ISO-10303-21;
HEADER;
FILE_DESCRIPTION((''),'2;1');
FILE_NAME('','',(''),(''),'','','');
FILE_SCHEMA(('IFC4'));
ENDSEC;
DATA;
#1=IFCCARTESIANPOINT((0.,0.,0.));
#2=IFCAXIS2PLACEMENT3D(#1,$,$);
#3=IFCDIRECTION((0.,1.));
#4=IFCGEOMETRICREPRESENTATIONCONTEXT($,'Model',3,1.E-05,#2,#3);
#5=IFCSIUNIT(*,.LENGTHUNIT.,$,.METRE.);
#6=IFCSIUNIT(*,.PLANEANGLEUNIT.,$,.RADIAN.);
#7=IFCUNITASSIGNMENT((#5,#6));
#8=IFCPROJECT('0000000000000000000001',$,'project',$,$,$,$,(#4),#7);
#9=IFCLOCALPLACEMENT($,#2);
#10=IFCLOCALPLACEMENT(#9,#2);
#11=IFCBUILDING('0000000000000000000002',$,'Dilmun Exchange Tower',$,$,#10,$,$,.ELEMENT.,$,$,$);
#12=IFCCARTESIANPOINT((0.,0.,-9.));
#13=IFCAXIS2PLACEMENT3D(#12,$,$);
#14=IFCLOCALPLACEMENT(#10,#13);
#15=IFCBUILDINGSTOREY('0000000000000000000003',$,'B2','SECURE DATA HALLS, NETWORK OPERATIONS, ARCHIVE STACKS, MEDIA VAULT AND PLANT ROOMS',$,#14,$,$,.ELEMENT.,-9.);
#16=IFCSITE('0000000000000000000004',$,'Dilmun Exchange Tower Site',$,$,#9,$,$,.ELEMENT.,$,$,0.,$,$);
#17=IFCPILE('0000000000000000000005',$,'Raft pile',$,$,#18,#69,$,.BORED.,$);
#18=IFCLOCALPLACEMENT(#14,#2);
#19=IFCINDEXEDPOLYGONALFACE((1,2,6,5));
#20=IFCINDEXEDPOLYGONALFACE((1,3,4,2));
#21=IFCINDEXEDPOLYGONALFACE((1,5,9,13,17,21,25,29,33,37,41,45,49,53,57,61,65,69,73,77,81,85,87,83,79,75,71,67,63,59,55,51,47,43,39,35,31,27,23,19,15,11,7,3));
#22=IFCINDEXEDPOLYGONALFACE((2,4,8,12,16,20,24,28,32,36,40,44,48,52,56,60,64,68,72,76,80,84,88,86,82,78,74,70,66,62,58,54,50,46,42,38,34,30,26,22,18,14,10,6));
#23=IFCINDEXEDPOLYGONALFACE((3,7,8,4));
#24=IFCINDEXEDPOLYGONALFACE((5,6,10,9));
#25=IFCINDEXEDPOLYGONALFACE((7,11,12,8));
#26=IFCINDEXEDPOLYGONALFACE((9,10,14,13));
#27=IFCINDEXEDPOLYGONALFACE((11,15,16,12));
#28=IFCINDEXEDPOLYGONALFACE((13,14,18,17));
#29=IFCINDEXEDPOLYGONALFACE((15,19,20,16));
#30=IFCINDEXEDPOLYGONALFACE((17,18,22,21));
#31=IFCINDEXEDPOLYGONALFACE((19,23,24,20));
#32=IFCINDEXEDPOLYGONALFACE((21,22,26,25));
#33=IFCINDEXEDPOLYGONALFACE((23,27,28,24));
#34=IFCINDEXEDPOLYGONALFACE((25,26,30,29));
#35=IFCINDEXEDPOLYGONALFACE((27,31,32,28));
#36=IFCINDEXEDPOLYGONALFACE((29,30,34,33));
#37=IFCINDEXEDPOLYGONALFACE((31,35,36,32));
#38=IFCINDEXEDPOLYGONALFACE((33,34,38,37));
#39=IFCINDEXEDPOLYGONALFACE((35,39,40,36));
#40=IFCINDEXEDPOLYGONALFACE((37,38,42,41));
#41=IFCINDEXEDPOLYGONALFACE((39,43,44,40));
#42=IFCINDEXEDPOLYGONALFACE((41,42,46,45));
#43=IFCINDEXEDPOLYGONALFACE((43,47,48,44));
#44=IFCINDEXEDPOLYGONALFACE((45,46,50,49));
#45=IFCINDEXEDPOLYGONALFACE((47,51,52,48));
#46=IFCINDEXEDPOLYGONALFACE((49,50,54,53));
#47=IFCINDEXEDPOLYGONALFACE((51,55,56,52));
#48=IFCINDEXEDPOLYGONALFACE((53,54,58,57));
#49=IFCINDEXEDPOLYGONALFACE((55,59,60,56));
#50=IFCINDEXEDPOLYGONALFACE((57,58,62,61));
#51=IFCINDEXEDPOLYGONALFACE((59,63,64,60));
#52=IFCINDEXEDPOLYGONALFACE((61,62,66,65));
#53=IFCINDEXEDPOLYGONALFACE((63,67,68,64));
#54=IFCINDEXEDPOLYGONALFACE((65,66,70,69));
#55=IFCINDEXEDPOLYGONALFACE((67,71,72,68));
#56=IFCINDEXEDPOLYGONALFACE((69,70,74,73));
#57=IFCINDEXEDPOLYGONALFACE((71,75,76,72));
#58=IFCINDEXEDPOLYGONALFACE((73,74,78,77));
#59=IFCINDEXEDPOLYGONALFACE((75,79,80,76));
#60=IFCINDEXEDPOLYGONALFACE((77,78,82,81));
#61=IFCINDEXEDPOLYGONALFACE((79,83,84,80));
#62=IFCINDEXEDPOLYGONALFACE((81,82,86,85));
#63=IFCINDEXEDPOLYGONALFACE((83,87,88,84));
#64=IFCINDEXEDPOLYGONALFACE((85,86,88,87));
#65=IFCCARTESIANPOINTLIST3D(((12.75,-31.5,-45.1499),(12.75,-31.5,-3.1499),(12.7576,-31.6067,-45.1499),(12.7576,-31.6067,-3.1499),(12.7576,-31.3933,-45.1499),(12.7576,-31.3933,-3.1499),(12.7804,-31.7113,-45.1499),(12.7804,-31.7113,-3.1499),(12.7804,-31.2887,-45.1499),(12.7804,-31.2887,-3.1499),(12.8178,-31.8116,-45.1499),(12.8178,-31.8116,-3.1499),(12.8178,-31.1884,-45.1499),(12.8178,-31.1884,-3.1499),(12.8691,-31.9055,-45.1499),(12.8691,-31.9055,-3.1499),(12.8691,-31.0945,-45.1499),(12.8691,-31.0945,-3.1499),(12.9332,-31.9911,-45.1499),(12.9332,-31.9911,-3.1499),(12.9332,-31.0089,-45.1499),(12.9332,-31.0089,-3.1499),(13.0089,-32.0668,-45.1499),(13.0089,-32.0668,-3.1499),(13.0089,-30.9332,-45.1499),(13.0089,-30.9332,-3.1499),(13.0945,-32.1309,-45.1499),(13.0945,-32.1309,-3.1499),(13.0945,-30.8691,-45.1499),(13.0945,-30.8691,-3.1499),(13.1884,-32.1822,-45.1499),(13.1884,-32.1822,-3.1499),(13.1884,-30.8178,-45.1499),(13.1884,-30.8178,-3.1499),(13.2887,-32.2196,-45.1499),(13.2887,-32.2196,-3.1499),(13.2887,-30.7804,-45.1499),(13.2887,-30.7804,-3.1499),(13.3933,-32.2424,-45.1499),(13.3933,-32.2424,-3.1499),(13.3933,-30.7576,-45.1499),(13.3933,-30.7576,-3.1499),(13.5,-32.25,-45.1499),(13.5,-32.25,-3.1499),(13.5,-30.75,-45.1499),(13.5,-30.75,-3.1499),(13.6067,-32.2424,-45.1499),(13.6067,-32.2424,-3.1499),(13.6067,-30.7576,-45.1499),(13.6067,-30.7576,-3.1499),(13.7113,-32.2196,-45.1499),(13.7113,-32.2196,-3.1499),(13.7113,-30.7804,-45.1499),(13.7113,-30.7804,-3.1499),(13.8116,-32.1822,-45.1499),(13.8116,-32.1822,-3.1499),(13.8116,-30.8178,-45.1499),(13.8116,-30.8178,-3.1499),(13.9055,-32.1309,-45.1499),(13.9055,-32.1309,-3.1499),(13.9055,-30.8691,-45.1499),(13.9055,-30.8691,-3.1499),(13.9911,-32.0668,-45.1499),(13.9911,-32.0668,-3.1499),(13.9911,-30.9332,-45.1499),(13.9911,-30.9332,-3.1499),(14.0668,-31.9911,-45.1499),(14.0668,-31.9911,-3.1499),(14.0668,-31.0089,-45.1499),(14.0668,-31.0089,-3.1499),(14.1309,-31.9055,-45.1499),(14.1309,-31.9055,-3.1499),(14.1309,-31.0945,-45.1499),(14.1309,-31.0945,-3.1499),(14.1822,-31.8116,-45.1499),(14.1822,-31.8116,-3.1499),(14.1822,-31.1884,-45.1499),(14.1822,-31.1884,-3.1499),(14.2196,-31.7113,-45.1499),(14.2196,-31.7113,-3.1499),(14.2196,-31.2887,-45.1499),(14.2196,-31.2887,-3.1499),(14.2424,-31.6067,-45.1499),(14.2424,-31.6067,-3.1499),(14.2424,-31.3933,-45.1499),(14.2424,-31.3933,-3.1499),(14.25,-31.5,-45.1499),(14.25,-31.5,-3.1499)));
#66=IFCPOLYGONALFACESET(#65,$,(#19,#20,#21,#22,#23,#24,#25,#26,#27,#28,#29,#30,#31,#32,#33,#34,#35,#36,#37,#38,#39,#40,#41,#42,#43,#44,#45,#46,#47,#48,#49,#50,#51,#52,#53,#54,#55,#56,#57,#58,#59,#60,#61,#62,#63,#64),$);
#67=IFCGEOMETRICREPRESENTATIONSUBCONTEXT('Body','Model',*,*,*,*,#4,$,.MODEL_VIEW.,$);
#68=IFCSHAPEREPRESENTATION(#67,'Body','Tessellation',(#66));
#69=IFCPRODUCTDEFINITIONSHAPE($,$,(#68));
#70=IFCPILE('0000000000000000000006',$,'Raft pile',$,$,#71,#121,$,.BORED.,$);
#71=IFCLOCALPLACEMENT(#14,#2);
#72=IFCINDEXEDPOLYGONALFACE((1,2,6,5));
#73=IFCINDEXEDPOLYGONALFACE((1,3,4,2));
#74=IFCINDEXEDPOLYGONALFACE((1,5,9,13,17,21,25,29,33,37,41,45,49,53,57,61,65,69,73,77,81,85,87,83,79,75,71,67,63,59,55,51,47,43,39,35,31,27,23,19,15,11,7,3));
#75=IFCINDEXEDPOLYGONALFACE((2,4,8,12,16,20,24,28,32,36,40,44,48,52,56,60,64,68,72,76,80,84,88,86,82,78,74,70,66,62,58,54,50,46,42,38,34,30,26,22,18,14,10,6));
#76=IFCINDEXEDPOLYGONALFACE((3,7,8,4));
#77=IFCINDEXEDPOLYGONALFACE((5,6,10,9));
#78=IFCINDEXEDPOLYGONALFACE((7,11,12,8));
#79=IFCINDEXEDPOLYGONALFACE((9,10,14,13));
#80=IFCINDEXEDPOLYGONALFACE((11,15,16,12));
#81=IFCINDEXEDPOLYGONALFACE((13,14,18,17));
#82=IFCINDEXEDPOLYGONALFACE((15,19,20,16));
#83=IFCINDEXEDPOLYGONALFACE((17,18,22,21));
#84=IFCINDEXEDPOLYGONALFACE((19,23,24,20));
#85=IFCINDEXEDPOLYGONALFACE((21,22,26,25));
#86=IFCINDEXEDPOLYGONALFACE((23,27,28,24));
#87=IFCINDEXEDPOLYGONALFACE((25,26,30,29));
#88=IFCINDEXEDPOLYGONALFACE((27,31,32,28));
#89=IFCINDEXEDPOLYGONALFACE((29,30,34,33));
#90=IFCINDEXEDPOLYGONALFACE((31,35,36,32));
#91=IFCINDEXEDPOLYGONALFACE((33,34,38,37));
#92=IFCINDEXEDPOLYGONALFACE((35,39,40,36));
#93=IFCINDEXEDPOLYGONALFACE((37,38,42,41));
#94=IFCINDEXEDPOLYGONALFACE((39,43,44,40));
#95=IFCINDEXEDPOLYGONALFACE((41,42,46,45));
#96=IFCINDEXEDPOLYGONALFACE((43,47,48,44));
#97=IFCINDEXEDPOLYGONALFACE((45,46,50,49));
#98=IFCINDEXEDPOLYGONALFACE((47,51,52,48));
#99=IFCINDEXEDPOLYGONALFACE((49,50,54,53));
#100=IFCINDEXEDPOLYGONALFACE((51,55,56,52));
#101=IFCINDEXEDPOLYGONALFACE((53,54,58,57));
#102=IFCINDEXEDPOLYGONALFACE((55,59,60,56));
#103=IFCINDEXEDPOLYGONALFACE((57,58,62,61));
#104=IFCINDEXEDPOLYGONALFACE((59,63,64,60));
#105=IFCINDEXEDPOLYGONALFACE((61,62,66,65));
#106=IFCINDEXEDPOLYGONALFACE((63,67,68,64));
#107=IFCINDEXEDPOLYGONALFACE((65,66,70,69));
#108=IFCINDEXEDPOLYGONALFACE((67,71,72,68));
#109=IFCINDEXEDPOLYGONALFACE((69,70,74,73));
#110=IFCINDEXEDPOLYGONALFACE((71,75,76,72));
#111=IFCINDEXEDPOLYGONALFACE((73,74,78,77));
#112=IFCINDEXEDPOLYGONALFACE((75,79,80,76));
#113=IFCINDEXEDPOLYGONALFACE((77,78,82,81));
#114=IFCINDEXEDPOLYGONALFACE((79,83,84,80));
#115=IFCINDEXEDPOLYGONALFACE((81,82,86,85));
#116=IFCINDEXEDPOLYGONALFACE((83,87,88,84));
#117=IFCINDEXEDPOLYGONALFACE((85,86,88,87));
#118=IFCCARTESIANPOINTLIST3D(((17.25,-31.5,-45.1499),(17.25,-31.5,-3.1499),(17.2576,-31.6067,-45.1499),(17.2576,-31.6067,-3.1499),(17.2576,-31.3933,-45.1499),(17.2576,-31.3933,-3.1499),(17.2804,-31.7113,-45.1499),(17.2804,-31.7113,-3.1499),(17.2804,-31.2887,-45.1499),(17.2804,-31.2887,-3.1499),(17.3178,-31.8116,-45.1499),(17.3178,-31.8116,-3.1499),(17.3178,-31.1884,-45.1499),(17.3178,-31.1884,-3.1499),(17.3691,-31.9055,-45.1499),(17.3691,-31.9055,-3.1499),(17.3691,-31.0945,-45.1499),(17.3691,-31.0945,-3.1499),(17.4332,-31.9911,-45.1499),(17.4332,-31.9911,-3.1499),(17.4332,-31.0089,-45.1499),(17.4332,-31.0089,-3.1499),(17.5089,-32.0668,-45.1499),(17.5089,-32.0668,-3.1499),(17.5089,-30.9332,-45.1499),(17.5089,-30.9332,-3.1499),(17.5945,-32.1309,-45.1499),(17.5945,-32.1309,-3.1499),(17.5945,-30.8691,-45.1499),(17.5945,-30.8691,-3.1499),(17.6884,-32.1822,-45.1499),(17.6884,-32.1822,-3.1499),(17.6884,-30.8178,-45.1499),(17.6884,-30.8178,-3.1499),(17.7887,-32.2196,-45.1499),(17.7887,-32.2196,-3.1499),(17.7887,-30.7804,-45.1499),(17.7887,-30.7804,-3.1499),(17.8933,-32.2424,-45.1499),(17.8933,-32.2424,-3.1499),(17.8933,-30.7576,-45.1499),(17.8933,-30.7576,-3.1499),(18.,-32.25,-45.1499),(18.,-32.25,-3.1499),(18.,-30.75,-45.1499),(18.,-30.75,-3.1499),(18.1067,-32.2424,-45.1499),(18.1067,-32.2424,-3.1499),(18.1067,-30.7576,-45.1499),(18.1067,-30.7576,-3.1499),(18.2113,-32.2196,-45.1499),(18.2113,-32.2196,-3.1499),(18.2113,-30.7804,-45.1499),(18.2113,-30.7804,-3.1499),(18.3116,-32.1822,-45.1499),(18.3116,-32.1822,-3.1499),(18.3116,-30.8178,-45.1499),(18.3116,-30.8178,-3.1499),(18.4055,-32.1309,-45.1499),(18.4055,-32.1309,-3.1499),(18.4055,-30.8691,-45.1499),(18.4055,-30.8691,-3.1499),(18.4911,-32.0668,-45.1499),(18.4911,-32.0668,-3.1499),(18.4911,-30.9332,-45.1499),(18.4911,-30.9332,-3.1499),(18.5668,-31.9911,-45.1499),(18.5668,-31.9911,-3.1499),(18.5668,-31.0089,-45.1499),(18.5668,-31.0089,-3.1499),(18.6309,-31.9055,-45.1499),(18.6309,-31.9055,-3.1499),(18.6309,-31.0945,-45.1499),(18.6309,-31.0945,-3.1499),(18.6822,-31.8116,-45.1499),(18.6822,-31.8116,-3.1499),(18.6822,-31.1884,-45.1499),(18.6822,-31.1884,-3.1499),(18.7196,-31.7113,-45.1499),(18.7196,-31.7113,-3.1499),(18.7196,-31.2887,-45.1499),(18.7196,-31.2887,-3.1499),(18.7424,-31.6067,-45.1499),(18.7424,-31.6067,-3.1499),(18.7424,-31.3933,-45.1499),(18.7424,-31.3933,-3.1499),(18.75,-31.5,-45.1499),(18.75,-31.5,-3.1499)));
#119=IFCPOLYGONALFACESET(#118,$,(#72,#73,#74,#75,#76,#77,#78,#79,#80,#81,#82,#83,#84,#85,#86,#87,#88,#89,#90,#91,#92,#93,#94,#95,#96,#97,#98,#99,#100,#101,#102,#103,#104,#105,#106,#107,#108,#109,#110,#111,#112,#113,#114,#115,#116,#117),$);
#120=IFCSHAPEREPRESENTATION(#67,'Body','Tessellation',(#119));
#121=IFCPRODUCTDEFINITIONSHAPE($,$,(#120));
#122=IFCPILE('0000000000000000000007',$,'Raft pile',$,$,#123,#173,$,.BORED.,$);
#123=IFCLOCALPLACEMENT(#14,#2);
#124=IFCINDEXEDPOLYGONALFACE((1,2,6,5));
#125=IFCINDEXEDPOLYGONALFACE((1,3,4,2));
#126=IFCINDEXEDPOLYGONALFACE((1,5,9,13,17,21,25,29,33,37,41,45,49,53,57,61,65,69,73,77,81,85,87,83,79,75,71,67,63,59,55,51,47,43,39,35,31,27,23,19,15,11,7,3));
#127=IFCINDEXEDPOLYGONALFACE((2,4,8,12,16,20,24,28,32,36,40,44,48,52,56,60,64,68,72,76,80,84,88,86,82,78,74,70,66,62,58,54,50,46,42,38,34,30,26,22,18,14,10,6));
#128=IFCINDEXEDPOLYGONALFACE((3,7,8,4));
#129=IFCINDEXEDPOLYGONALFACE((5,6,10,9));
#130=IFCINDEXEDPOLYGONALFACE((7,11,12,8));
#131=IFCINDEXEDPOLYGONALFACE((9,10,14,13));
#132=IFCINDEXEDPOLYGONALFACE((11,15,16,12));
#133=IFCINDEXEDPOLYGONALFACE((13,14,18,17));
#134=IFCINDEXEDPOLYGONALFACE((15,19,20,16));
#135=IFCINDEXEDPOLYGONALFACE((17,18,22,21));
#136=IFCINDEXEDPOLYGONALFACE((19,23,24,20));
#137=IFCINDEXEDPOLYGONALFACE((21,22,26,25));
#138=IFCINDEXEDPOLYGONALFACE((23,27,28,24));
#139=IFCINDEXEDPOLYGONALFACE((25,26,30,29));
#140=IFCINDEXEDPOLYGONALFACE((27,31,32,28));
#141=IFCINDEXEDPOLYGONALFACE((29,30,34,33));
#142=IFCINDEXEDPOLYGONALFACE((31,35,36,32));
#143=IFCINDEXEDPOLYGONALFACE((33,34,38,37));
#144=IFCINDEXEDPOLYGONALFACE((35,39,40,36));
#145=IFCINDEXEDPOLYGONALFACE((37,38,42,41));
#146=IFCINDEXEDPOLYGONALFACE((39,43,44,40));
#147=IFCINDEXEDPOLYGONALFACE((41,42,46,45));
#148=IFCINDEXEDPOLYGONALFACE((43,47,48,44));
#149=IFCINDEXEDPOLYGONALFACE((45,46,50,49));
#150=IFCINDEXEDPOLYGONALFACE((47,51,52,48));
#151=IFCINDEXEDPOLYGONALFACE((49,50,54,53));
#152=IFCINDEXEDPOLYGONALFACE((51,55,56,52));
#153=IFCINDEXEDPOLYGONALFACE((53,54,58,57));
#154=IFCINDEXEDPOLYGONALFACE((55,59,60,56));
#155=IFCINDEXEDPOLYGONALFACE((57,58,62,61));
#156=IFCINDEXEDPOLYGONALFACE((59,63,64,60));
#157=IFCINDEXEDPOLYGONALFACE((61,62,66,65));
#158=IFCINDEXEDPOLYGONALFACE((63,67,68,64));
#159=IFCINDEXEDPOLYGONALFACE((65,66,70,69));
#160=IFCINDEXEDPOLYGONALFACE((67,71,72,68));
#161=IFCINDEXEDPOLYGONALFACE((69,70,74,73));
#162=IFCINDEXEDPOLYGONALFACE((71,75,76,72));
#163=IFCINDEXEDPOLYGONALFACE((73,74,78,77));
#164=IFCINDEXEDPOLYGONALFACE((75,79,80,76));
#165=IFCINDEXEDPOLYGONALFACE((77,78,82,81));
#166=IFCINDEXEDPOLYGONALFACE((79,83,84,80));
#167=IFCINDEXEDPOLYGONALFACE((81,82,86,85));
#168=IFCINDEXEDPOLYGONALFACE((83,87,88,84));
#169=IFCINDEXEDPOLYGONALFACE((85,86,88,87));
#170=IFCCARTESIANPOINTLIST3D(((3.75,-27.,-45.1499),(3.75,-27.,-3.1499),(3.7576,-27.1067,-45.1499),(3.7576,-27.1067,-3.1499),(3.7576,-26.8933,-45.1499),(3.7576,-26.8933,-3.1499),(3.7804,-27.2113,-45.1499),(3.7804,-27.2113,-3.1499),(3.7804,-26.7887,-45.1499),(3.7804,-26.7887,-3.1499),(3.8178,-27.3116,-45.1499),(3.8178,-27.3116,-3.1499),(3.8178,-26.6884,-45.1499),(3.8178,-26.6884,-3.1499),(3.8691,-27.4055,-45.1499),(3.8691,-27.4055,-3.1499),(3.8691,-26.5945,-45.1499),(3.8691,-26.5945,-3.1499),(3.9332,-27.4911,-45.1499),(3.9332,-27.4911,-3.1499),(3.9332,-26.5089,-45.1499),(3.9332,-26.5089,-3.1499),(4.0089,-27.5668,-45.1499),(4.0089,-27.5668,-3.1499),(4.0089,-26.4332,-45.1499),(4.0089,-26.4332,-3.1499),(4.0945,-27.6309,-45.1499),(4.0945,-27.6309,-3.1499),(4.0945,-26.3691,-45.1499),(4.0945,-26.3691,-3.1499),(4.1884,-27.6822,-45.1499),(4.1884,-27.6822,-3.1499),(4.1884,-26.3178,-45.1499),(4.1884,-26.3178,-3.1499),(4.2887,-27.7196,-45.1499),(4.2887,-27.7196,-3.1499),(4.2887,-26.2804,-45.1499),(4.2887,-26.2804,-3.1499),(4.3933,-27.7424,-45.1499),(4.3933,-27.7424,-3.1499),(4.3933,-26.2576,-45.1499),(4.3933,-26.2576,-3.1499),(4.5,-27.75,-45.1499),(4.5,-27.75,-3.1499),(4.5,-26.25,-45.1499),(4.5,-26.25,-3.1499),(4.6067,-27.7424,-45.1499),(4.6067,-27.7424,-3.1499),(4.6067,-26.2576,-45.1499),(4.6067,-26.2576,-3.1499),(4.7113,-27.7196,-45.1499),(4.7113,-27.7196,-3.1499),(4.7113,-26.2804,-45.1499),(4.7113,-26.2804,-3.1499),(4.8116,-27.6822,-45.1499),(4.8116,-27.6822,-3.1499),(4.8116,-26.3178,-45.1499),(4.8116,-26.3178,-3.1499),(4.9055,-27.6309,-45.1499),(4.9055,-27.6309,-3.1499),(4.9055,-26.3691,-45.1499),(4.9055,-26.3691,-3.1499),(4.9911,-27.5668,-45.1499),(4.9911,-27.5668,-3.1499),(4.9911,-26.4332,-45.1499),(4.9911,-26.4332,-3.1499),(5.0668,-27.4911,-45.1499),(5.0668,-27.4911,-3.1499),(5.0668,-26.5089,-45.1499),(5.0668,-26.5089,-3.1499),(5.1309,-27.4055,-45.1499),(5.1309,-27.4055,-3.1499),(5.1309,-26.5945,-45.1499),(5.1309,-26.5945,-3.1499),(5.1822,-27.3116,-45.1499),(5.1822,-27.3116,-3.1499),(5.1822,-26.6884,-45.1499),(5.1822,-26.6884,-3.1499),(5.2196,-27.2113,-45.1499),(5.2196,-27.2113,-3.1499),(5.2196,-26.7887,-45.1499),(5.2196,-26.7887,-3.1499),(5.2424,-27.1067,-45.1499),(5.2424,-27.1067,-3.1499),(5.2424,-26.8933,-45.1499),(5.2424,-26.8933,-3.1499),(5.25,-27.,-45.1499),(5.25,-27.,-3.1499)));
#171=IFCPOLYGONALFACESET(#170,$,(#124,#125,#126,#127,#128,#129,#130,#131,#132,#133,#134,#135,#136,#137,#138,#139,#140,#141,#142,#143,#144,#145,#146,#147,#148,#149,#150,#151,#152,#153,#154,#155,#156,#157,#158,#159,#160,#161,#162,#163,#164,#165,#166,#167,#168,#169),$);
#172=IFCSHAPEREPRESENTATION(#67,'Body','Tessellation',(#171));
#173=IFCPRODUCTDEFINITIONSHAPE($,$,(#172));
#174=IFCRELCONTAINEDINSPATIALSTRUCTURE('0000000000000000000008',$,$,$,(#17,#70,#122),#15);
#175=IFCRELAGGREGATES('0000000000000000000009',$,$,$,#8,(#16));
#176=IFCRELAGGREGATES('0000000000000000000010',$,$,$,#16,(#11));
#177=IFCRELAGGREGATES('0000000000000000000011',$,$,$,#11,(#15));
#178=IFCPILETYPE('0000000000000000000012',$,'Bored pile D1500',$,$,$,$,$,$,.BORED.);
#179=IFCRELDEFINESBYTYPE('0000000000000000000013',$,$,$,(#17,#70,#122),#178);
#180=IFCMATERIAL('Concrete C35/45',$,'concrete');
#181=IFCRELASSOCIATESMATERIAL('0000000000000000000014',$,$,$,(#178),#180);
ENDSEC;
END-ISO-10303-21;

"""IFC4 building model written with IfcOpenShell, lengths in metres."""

from ifc_helpers import new_model, si_unit, direction, frame, origin, origin_2d, place, context, subcontext, project, spatial, circle, extrude, material, material_profile, profile_set, type_object, element, save


model = new_model("IFC4")

# Units and contexts
model_context = context("Model", 3, precision=1e-05, world=origin(), true_north=direction((0.0, 1.0)))
body_context = subcontext(model_context, "Body", "Model", "MODEL_VIEW")
ifc_project = project(units=[si_unit("LENGTHUNIT", "METRE"), si_unit("PLANEANGLEUNIT", "RADIAN")], contexts=[model_context])

# Site, building, storey
site_placement = place(None, origin())
site = spatial("IfcSite", under=ifc_project, at=site_placement, Name="Dilmun Exchange Tower Site", CompositionType="ELEMENT", RefElevation=0.0)
building_placement = place(site_placement, origin())
building = spatial("IfcBuilding", under=site, at=building_placement, Name="Dilmun Exchange Tower", CompositionType="ELEMENT")
storey_placement = place(building_placement, frame((0.0, 0.0, -9.0)))
storey = spatial("IfcBuildingStorey", under=building, at=storey_placement, Name="B2", Description="SECURE DATA HALLS, NETWORK OPERATIONS, ARCHIVE STACKS, MEDIA VAULT AND PLANT ROOMS", CompositionType="ELEMENT", Elevation=-9.0)

# Piles
ifc_material_1 = material(Name="Concrete C35/45", Category="concrete")
ifc_material_profile_1 = material_profile(ifc_material_1, circle(Radius=0.75, at=origin_2d()), Name="D1500")
ifc_profile_set_1 = profile_set([ifc_material_profile_1], Name="Concrete C35/45")
pile_type = type_object("IfcPileType", Name="Bored pile D1500", PredefinedType="BORED", material=ifc_profile_set_1)
for number, where, z_axis, x_axis, name in (
    (1, (13.5, -31.5, -3.1499), (0.0, 0.0, -1.0), (1.0, 0.0, 0.0), "Raft pile"),
    (2, (18.0, -31.5, -3.1499), (0.0, 0.0, -1.0), (1.0, 0.0, 0.0), "Raft pile"),
    (3, (4.5, -27.0, -3.1499), (0.0, 0.0, -1.0), (1.0, 0.0, 0.0), "Raft pile"),
):
    element("IfcPile", number, at=place(storey_placement, frame(where, z_axis=z_axis, x_axis=x_axis)), inside=storey, type_object=pile_type, Name=name, PredefinedType="BORED", context=body_context, shape_type="SweptSolid", body=[
        extrude(circle(Radius=0.75, at=origin_2d()), origin(), (0.0, 0.0, 1.0), 42.0),
    ])

save(model, "model.ifc")
